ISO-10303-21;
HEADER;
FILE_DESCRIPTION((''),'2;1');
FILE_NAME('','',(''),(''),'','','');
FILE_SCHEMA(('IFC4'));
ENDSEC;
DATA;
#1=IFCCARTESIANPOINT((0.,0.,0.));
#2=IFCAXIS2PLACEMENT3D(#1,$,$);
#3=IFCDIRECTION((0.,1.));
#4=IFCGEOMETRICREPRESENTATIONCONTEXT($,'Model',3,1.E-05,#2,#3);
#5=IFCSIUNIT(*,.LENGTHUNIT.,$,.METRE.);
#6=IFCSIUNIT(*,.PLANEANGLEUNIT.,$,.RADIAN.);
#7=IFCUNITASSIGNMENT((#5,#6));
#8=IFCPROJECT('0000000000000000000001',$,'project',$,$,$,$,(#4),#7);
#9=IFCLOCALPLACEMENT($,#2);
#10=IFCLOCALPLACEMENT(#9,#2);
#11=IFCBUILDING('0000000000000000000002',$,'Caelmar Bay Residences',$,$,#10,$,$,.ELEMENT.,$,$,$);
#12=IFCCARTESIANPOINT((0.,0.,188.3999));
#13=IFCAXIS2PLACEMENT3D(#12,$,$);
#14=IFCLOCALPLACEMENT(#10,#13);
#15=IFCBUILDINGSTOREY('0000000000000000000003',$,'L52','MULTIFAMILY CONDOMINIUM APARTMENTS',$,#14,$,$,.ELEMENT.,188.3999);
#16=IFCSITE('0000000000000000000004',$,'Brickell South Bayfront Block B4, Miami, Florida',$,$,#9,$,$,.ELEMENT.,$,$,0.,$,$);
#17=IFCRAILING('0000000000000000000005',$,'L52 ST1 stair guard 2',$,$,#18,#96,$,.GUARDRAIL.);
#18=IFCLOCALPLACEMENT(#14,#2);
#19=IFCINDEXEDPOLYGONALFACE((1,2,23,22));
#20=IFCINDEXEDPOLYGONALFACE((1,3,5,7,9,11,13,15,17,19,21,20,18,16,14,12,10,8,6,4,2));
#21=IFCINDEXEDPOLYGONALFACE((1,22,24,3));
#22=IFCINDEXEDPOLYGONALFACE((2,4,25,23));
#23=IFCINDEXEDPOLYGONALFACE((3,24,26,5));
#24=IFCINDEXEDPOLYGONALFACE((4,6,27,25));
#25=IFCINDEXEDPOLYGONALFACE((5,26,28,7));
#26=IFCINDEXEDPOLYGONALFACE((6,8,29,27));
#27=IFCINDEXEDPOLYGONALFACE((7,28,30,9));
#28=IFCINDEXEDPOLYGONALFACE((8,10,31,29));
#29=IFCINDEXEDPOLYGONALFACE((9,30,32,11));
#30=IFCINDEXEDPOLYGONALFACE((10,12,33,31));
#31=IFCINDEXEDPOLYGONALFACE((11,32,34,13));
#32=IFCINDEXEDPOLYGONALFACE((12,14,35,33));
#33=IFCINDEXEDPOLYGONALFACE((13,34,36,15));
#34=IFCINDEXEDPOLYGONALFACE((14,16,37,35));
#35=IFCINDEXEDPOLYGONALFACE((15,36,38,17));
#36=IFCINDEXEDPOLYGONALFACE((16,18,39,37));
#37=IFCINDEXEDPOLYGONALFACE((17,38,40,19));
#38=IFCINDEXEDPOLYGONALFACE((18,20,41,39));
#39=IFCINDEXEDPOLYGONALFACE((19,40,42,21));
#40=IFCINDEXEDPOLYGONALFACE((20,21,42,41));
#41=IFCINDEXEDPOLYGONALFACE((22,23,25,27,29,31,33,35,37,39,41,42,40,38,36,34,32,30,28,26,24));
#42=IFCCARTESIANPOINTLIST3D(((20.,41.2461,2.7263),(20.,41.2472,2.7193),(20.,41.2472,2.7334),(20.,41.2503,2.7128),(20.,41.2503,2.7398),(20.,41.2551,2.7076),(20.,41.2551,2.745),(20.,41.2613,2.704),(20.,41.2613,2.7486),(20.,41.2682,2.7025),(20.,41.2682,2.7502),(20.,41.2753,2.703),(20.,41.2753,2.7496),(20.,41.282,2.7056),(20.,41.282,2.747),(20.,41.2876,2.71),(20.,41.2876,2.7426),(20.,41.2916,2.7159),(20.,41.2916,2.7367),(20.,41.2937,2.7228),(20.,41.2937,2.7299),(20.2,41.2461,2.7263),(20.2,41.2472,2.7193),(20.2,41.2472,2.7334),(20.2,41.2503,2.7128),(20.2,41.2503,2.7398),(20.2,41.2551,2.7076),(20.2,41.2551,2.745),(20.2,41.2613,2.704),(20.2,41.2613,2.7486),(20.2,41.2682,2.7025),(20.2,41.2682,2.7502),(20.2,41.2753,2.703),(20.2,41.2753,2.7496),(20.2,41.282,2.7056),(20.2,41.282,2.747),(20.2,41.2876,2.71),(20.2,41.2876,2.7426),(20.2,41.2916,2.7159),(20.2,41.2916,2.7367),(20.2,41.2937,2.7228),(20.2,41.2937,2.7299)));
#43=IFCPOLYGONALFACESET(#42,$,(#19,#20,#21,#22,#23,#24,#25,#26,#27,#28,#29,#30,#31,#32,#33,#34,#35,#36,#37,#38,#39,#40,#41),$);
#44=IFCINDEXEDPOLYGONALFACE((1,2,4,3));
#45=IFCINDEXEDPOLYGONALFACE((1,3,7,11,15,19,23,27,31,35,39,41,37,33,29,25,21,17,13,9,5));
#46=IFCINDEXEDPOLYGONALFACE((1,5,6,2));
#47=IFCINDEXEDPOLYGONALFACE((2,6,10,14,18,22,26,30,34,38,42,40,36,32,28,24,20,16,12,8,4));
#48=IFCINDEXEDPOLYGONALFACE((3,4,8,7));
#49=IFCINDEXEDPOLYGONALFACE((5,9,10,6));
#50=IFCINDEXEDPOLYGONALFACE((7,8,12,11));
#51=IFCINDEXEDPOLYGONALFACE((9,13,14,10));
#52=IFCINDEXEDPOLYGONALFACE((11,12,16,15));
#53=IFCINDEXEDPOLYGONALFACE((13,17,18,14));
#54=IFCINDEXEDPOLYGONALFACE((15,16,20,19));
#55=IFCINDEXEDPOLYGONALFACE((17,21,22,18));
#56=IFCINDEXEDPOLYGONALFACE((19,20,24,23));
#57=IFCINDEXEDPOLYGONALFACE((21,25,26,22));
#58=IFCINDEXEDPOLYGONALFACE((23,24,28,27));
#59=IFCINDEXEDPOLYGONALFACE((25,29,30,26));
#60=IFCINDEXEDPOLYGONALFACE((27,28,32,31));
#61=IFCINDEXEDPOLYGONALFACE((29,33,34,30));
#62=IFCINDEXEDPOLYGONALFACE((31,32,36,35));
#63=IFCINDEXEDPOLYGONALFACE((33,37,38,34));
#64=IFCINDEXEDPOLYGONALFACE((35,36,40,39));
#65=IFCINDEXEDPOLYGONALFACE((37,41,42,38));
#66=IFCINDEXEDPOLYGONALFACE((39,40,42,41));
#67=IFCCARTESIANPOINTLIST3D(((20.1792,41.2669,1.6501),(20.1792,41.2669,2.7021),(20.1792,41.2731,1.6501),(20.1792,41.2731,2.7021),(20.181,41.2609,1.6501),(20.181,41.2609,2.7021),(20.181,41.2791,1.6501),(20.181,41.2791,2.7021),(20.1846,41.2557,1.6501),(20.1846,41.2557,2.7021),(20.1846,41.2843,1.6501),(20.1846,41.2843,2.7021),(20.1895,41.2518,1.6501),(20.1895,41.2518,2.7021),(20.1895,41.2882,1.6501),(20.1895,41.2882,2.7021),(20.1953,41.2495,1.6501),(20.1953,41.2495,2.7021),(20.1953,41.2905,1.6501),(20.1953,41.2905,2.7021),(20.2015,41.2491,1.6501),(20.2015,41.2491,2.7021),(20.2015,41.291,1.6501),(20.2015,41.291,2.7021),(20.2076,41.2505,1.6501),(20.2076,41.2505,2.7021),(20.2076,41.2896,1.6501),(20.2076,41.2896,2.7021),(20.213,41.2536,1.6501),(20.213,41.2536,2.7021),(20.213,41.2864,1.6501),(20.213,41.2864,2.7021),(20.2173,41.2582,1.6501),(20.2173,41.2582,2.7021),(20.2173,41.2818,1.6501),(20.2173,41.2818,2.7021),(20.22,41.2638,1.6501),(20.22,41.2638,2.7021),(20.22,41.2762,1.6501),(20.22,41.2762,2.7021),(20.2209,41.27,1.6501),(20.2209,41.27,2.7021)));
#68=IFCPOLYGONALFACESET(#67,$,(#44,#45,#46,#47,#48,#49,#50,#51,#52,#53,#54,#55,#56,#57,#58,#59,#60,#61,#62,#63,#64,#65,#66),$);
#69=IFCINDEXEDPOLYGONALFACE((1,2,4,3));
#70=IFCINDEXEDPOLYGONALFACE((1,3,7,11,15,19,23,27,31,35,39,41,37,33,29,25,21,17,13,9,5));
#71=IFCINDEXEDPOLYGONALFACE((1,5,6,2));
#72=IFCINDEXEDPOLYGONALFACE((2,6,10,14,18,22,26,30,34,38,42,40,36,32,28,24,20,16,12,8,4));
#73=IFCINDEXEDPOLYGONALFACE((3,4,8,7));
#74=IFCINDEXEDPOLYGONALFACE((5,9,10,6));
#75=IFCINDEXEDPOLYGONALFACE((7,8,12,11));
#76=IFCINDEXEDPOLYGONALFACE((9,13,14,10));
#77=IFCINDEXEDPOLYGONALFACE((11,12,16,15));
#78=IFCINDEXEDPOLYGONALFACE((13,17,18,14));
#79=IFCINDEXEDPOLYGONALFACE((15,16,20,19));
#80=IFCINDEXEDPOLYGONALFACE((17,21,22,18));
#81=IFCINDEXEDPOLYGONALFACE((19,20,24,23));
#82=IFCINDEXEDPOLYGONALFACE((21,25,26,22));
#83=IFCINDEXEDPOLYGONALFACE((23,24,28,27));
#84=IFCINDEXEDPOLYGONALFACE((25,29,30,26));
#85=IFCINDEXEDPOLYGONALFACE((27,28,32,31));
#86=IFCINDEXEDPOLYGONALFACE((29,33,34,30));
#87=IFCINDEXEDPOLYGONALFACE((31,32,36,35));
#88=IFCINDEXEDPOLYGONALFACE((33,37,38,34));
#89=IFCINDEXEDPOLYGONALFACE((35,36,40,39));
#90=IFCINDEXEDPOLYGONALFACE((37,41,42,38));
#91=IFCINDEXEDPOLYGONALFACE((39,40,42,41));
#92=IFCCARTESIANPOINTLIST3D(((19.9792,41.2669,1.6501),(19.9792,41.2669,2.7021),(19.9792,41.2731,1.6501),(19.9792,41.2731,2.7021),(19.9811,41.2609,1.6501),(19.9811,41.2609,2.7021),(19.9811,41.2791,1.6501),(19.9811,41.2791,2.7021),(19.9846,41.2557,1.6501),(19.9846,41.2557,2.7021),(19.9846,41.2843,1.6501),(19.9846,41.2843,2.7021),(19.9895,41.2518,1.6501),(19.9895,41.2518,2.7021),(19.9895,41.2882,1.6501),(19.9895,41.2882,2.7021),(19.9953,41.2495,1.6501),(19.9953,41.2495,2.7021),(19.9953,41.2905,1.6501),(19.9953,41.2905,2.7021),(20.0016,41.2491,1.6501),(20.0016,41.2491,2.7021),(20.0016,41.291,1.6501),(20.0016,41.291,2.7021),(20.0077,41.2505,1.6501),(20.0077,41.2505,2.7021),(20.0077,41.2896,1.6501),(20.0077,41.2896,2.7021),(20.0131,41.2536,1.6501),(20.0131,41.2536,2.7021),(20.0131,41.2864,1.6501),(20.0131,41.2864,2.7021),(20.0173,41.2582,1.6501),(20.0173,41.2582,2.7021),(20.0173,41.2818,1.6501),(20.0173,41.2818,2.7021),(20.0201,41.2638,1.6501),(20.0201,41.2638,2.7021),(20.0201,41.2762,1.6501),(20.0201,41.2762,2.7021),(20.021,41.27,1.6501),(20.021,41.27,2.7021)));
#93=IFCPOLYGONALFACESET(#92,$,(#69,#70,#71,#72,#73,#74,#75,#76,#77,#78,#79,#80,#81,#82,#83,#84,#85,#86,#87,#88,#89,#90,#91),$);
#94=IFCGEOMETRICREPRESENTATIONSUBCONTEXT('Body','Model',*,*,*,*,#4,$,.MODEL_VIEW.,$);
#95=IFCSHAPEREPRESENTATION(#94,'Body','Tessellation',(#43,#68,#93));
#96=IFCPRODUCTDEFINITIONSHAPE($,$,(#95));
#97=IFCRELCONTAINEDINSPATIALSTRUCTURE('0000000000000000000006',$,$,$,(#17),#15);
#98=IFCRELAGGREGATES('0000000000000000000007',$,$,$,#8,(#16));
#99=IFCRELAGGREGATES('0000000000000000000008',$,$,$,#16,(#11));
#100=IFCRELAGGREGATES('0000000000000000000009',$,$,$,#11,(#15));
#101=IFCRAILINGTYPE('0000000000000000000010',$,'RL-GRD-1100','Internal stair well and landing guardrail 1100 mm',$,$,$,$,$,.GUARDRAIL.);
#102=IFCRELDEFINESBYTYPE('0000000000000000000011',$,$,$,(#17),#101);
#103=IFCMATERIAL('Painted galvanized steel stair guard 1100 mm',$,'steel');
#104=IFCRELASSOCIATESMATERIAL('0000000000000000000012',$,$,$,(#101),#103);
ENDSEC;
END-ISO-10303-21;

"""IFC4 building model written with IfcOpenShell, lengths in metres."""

from ifc_helpers import new_model, si_unit, direction, frame, origin, origin_2d, place, context, subcontext, project, spatial, circle, extrude, material, type_object, element, save


model = new_model("IFC4")

# Units and contexts
model_context = context("Model", 3, precision=1e-05, world=origin(), true_north=direction((0.0, 1.0)))
body_context = subcontext(model_context, "Body", "Model", "MODEL_VIEW")
ifc_project = project(units=[si_unit("LENGTHUNIT", "METRE"), si_unit("PLANEANGLEUNIT", "RADIAN")], contexts=[model_context])

# Site, building, storey
site_placement = place(None, origin())
site = spatial("IfcSite", under=ifc_project, at=site_placement, Name="Brickell South Bayfront Block B4, Miami, Florida", CompositionType="ELEMENT", RefElevation=0.0)
building_placement = place(site_placement, origin())
building = spatial("IfcBuilding", under=site, at=building_placement, Name="Caelmar Bay Residences", CompositionType="ELEMENT")
storey_placement = place(building_placement, frame((0.0, 0.0, 188.3999)))
storey = spatial("IfcBuildingStorey", under=building, at=storey_placement, Name="L52", Description="MULTIFAMILY CONDOMINIUM APARTMENTS", CompositionType="ELEMENT", Elevation=188.3999)

# Railing
ifc_material_1 = material(Name="Painted galvanized steel stair guard 1100 mm", Category="steel")
railing_type_1 = type_object("IfcRailingType", Name="RL-GRD-1100", Description="Internal stair well and landing guardrail 1100 mm", PredefinedType="GUARDRAIL", material=ifc_material_1)
railing_1_placement = place(storey_placement, frame((20.2, 41.27, 1.6501)))
element("IfcRailing", 1, at=railing_1_placement, inside=storey, type_object=railing_type_1, Name="L52 ST1 stair guard 2", PredefinedType="GUARDRAIL", context=body_context, shape_type="SweptSolid", body=[
    extrude(circle(Radius=0.0239, at=origin_2d()), frame((0.0, 0.0, 1.0762), z_axis=(-1.0, 0.0, 0.0), x_axis=(0.0, -1.0, 0.0)), (0.0, 0.0, 1.0), 0.2),
    extrude(circle(Radius=0.021, at=origin_2d()), origin(), (0.0, 0.0, 1.0), 1.052),
    extrude(circle(Radius=0.021, at=origin_2d()), frame((-0.2, 0.0, 0.0)), (0.0, 0.0, 1.0), 1.052),
])

save(model, "model.ifc")
